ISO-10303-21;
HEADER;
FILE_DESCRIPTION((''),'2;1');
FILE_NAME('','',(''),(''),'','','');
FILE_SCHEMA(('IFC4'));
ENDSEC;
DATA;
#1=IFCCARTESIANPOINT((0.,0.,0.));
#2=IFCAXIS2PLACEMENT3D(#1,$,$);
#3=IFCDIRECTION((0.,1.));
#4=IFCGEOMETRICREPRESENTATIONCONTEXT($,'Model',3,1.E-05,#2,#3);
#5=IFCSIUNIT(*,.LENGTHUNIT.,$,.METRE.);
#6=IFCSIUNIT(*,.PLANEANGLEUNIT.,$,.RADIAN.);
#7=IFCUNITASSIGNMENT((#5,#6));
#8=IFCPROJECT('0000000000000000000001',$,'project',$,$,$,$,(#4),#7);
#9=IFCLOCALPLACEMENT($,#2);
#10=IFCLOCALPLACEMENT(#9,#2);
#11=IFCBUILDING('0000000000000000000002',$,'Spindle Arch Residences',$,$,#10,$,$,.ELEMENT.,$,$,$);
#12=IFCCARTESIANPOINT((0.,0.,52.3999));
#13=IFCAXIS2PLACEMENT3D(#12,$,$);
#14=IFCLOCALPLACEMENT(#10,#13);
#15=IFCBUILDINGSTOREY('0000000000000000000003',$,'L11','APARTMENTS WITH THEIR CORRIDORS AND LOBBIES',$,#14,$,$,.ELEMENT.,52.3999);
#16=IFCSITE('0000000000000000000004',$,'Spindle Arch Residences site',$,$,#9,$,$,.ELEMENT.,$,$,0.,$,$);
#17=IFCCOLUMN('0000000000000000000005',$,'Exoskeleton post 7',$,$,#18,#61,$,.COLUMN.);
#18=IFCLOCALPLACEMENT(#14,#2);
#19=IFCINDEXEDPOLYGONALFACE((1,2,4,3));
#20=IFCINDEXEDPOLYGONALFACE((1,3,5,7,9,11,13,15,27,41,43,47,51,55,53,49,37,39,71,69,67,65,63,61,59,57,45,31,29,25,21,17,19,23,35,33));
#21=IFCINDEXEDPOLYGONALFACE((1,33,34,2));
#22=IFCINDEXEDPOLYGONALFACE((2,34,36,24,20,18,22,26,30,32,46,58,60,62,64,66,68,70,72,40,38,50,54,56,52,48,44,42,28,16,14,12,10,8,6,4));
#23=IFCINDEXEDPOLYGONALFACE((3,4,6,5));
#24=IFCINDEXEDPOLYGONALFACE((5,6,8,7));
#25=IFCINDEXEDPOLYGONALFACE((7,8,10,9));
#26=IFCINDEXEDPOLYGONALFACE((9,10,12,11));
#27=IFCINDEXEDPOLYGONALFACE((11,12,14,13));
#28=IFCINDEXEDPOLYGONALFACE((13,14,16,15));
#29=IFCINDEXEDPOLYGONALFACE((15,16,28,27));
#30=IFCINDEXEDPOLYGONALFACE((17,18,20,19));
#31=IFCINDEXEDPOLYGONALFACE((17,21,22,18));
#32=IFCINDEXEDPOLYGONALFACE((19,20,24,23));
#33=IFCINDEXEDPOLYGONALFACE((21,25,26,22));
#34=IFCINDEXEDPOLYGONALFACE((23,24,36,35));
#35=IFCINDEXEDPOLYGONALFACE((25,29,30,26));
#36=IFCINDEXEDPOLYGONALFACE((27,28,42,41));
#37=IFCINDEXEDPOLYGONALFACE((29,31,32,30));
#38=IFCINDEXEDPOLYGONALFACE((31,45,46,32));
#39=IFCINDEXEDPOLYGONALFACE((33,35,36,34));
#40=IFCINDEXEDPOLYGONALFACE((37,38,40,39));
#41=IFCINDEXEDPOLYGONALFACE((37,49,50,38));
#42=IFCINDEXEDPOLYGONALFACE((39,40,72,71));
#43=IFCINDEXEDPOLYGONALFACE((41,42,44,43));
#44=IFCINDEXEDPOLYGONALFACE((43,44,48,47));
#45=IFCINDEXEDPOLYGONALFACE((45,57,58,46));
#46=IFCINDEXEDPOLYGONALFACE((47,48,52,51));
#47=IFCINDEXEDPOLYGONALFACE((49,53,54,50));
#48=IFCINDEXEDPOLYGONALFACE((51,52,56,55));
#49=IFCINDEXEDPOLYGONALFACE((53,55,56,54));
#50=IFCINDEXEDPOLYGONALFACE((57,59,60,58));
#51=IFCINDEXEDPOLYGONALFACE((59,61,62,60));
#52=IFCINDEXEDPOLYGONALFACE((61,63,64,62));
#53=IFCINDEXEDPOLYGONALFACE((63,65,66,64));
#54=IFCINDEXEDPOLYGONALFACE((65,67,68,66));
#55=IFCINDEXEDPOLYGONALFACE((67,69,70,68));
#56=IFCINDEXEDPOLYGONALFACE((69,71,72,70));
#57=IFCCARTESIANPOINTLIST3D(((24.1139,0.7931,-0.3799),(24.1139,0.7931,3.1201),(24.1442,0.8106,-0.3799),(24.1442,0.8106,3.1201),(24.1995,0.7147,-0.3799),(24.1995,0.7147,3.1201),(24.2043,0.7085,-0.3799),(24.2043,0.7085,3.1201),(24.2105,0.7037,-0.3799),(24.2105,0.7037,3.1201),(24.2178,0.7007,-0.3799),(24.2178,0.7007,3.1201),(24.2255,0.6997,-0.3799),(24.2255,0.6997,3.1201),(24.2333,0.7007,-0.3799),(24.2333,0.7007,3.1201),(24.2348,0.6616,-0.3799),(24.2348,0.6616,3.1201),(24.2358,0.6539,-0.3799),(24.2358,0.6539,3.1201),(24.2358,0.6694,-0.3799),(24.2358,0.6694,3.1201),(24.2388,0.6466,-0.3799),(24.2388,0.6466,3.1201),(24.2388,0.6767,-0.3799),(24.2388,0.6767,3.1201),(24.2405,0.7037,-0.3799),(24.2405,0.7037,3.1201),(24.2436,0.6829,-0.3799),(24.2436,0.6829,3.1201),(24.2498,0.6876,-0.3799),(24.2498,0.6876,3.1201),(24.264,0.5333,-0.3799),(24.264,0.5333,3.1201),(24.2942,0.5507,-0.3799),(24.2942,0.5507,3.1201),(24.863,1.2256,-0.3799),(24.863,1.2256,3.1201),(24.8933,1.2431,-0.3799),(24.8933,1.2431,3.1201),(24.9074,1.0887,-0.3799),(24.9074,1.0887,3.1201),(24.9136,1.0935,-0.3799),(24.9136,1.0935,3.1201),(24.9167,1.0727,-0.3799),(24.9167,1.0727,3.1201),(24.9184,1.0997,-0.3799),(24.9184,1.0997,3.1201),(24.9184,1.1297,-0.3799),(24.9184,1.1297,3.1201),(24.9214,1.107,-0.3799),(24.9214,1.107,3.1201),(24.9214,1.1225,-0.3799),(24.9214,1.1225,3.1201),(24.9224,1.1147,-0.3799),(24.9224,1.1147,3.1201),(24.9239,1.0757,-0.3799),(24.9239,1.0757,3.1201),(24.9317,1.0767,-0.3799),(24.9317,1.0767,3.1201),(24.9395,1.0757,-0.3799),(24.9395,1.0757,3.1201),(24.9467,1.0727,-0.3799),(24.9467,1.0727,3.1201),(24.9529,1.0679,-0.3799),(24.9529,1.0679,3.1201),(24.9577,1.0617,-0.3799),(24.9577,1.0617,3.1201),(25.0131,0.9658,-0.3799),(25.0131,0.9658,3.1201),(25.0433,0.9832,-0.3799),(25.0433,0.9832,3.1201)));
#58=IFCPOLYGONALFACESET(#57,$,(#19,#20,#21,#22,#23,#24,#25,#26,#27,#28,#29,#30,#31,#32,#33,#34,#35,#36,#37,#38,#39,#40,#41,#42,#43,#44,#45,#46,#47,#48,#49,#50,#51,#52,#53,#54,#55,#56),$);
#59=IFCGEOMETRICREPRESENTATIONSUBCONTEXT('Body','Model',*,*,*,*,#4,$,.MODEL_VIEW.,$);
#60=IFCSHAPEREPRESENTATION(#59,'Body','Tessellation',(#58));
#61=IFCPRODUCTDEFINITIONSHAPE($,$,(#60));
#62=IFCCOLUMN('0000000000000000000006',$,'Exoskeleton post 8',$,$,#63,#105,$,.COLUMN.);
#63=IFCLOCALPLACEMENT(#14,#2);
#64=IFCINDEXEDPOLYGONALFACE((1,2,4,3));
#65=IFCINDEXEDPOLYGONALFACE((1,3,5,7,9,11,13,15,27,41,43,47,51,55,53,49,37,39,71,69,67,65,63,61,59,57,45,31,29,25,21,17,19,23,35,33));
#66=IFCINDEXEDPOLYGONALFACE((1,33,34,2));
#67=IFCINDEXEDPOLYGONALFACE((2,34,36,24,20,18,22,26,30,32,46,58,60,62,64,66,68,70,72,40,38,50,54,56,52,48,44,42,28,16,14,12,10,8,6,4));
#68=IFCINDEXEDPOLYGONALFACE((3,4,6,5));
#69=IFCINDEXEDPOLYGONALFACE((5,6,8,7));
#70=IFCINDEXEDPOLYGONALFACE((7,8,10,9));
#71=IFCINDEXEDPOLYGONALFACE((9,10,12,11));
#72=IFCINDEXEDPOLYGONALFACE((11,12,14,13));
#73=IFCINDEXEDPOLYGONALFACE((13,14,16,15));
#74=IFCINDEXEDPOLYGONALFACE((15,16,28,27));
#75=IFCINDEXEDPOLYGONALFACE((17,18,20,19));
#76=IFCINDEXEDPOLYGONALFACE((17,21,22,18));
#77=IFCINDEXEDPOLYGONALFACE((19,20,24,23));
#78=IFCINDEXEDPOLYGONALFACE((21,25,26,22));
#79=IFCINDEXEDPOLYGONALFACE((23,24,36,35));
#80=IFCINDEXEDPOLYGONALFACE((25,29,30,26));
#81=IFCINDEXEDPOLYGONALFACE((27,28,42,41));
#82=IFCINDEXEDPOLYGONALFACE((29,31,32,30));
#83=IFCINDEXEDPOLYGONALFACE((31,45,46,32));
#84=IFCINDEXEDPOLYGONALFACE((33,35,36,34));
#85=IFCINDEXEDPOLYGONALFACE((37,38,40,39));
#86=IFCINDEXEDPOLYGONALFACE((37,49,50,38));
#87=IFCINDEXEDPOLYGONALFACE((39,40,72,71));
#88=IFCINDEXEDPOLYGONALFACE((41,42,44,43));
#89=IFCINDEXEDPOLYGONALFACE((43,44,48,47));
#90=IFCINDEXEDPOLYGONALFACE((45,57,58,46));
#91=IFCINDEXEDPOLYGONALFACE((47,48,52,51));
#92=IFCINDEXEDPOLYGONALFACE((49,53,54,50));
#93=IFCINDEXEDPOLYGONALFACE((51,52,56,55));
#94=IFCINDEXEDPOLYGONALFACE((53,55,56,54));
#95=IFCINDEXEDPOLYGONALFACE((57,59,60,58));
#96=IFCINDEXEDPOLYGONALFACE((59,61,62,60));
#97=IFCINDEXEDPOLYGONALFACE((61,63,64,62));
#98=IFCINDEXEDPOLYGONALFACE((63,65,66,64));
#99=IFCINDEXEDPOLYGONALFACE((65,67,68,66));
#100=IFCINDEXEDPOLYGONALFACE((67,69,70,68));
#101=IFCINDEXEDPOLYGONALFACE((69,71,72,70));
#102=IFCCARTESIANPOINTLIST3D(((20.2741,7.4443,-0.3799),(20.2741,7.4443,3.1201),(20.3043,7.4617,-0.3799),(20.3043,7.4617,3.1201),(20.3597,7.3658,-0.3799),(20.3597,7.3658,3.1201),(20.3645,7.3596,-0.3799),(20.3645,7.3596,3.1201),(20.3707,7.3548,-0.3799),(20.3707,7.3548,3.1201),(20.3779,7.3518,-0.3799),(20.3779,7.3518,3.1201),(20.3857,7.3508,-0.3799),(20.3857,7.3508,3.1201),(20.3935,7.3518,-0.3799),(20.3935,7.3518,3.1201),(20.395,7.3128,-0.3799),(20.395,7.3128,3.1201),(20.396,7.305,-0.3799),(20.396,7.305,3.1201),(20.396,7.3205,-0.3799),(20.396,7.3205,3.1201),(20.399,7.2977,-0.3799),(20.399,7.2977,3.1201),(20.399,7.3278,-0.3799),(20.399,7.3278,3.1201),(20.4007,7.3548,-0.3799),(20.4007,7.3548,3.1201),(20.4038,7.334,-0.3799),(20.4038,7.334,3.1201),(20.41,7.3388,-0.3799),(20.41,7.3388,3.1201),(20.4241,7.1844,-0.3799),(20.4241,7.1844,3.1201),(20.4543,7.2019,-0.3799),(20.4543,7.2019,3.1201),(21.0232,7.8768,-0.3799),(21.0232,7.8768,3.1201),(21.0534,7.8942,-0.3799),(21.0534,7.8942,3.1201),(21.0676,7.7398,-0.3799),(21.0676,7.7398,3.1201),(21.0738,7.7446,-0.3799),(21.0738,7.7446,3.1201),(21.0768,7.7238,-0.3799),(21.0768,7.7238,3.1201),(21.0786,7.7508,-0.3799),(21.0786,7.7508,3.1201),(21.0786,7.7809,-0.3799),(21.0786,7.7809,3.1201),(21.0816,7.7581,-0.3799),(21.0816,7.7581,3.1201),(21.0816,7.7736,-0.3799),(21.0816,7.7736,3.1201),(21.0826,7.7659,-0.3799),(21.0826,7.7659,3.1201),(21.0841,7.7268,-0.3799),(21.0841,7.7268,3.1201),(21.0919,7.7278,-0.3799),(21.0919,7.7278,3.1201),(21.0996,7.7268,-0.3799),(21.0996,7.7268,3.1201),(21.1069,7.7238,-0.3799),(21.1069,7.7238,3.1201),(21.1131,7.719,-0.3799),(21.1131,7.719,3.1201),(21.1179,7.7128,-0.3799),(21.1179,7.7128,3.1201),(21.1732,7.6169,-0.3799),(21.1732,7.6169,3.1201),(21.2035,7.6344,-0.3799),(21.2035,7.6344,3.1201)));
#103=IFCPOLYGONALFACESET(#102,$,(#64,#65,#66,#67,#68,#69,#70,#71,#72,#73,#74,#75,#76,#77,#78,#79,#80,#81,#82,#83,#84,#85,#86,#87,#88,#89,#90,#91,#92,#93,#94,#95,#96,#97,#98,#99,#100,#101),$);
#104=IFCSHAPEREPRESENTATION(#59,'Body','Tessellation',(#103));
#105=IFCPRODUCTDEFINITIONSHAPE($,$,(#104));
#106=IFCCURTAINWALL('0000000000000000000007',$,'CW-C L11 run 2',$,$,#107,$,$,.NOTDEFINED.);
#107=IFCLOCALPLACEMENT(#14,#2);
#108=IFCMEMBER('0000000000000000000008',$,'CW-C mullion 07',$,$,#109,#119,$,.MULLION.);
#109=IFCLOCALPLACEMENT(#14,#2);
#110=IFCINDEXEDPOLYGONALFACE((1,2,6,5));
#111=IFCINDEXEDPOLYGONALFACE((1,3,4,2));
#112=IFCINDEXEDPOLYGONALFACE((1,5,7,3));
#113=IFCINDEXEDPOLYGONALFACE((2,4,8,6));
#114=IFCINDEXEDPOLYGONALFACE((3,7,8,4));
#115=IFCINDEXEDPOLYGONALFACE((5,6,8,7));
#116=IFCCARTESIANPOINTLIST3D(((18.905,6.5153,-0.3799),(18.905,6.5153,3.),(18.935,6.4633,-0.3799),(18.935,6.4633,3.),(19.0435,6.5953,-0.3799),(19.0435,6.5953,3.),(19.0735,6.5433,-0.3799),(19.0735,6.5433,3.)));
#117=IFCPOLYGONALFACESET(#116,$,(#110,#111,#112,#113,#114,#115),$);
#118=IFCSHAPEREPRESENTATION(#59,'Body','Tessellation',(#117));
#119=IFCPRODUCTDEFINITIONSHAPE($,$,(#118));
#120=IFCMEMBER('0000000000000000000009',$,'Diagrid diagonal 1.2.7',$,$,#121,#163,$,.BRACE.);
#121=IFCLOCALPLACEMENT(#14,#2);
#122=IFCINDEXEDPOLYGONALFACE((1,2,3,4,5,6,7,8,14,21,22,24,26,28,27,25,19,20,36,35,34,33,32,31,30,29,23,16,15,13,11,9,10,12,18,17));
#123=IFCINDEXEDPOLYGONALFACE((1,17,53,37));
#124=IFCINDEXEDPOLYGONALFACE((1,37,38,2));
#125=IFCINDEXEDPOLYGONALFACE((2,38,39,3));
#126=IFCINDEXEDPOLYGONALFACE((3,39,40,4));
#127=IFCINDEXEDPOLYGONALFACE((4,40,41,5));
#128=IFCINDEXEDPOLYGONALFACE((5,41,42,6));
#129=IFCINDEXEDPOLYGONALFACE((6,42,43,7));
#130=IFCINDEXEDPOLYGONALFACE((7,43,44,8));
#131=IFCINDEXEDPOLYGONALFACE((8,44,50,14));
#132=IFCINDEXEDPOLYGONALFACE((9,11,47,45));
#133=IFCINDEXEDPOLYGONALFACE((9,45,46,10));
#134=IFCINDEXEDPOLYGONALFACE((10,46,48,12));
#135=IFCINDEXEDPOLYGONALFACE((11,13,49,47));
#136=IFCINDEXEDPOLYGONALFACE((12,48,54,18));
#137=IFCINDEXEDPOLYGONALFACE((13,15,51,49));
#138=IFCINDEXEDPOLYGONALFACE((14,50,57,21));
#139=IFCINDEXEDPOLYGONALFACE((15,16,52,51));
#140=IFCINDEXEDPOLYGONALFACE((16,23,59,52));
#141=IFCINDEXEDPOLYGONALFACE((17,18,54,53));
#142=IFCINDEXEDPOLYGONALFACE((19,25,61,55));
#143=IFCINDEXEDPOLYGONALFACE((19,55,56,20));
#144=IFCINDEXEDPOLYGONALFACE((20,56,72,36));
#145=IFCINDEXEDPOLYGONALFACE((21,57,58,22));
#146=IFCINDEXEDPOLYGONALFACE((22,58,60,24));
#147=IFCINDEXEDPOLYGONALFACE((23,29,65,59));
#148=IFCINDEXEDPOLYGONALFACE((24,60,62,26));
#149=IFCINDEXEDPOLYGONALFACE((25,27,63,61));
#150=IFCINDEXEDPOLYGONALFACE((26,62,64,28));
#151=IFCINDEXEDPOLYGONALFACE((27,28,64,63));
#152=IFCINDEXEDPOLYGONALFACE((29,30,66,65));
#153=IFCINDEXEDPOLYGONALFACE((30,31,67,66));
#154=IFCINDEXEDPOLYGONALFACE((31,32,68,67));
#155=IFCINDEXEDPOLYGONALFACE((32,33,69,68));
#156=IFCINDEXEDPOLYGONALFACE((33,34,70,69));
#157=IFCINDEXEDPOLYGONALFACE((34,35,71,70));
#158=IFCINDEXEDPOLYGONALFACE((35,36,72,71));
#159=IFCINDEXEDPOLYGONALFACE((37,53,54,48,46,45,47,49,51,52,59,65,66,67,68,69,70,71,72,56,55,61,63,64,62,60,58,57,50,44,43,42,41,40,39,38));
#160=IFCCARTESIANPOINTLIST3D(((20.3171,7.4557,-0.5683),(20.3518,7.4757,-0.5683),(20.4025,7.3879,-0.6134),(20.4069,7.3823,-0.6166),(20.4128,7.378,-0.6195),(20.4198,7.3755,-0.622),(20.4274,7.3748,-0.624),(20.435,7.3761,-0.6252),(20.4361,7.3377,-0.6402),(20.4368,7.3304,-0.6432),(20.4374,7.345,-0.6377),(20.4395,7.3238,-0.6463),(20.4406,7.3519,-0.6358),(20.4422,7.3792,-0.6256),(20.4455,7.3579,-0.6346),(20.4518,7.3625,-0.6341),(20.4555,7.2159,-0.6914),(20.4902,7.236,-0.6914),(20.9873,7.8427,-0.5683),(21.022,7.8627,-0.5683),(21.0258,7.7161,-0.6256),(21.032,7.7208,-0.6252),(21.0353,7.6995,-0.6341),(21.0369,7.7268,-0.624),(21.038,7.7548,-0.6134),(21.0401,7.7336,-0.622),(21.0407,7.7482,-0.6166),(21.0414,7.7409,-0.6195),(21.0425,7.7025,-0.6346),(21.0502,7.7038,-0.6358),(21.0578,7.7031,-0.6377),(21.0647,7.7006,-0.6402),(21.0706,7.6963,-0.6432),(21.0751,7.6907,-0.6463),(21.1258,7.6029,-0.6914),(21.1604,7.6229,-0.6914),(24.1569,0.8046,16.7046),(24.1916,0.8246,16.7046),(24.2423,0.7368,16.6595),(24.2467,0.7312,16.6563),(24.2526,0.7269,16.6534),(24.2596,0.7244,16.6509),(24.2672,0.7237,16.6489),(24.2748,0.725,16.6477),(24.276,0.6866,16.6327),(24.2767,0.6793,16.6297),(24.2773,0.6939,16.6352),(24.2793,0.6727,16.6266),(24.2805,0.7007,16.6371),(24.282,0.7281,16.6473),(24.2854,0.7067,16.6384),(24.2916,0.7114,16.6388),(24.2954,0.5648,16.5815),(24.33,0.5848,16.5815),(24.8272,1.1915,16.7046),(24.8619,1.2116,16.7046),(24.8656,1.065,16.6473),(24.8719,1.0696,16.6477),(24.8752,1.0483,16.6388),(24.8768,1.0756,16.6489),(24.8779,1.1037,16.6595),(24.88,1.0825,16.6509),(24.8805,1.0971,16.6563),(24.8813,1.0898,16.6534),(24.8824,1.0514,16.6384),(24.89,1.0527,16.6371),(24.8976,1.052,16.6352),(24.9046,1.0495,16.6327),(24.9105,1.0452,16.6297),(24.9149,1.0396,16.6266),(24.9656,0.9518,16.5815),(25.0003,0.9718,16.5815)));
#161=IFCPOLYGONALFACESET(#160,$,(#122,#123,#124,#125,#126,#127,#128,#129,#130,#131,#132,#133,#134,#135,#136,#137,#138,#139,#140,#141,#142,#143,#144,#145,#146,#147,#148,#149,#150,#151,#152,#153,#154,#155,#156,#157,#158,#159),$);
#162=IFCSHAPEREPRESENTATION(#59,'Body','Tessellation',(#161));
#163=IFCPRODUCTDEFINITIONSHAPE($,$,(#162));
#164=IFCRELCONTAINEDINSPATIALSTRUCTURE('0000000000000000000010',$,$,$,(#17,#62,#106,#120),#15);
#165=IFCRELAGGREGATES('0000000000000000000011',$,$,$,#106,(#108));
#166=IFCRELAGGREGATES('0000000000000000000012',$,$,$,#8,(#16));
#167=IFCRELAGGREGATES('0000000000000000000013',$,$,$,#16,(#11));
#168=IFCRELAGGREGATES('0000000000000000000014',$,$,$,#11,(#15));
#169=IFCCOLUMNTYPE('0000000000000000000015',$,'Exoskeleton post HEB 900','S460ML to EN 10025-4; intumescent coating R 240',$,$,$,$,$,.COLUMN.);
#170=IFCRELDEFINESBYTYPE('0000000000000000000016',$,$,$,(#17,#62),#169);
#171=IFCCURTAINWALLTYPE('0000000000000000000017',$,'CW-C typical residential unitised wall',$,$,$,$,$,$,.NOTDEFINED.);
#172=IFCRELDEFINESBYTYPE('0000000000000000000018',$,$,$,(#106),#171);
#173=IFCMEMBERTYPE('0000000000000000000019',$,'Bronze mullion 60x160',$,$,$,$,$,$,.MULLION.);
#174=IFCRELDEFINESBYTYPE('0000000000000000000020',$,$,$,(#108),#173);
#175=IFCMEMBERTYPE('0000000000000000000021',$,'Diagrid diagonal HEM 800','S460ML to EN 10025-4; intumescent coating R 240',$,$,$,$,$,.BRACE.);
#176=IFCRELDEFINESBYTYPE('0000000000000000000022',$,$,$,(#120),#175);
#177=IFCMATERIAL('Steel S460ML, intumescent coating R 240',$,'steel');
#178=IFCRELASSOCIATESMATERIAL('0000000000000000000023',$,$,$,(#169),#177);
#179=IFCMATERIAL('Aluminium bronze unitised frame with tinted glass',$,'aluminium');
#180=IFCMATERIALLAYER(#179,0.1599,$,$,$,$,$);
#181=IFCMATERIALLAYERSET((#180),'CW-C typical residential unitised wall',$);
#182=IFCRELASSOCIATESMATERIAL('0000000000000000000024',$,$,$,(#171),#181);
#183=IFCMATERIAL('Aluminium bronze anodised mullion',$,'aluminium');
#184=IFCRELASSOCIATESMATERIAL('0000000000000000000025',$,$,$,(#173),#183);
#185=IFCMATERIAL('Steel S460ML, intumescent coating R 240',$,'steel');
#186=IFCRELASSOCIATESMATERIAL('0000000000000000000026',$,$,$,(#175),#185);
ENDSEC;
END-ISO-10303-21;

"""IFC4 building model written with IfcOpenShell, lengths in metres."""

from ifc_helpers import new_model, si_unit, direction, frame, origin, origin_2d, place, context, subcontext, project, spatial, rectangle, i_section, extrude, material, layer, layer_set, material_profile, profile_set, type_object, element, aggregate, save


model = new_model("IFC4")

# Units and contexts
model_context = context("Model", 3, precision=1e-05, world=origin(), true_north=direction((0.0, 1.0)))
body_context = subcontext(model_context, "Body", "Model", "MODEL_VIEW")
ifc_project = project(units=[si_unit("LENGTHUNIT", "METRE"), si_unit("PLANEANGLEUNIT", "RADIAN")], contexts=[model_context])

# Site, building, storey
site_placement = place(None, origin())
site = spatial("IfcSite", under=ifc_project, at=site_placement, Name="Spindle Arch Residences site", CompositionType="ELEMENT", RefElevation=0.0)
building_placement = place(site_placement, origin())
building = spatial("IfcBuilding", under=site, at=building_placement, Name="Spindle Arch Residences", CompositionType="ELEMENT")
storey_placement = place(building_placement, frame((0.0, 0.0, 52.3999)))
storey = spatial("IfcBuildingStorey", under=building, at=storey_placement, Name="L11", Description="APARTMENTS WITH THEIR CORRIDORS AND LOBBIES", CompositionType="ELEMENT", Elevation=52.3999)

# Columns
ifc_material_1 = material(Name="Steel S460ML, intumescent coating R 240", Category="steel")
ifc_material_profile_1 = material_profile(ifc_material_1, i_section(OverallWidth=0.3, OverallDepth=0.8999, WebThickness=0.0186, FlangeThickness=0.0349, FilletRadius=0.03, at=origin_2d()), Name="HEB 900")
ifc_profile_set_1 = profile_set([ifc_material_profile_1], Name="Steel S460ML, intumescent coating R 240")
column_type = type_object("IfcColumnType", Name="Exoskeleton post HEB 900", Description="S460ML to EN 10025-4; intumescent coating R 240", PredefinedType="COLUMN", material=ifc_profile_set_1)
for number, where, z_axis, x_axis, name in (
    (1, (24.5786, 0.8882, -0.3799), (0.0, 0.0, 1.0), (0.5, -0.866025, 0.0), "Exoskeleton post 7"),
    (2, (20.7388, 7.5393, -0.3799), (0.0, 0.0, 1.0), (0.5, -0.866025, 0.0), "Exoskeleton post 8"),
):
    element("IfcColumn", number, at=place(storey_placement, frame(where, z_axis=z_axis, x_axis=x_axis)), inside=storey, type_object=column_type, Name=name, PredefinedType="COLUMN", context=body_context, shape_type="SweptSolid", body=[
        extrude(i_section(OverallWidth=0.3, OverallDepth=0.8999, WebThickness=0.0186, FlangeThickness=0.0349, FilletRadius=0.03, at=origin_2d()), origin(), (0.0, 0.0, 1.0), 3.5),
    ])

# Curtain wall, member
ifc_material_2 = material(Name="Aluminium bronze unitised frame with tinted glass", Category="aluminium")
ifc_layer_1 = layer(ifc_material_2, 0.1599)
ifc_layer_set_1 = layer_set([ifc_layer_1], Name="CW-C typical residential unitised wall")
curtain_wall_type = type_object("IfcCurtainWallType", Name="CW-C typical residential unitised wall", PredefinedType="NOTDEFINED", material=ifc_layer_set_1)
curtain_wall_placement = place(storey_placement, origin())
curtain_wall = element("IfcCurtainWall", 3, at=curtain_wall_placement, inside=storey, type_object=curtain_wall_type, Name="CW-C L11 run 2", PredefinedType="NOTDEFINED")
ifc_material_3 = material(Name="Aluminium bronze anodised mullion", Category="aluminium")
ifc_material_profile_2 = material_profile(ifc_material_3, rectangle(XDim=0.1599, YDim=0.0601, at=origin_2d()), Name="MU 60x160")
ifc_profile_set_2 = profile_set([ifc_material_profile_2], Name="Aluminium bronze anodised mullion")
member_type_1 = type_object("IfcMemberType", Name="Bronze mullion 60x160", PredefinedType="MULLION", material=ifc_profile_set_2)
member_placement = place(storey_placement, frame((18.9893, 6.5293, -0.3799), z_axis=(0.0, 0.0, 1.0), x_axis=(-0.866025, -0.5, 0.0)))
member = element("IfcMember", 4, at=member_placement, type_object=member_type_1, Name="CW-C mullion 07", PredefinedType="MULLION", context=body_context, shape_type="SweptSolid", body=[
    extrude(rectangle(XDim=0.1599, YDim=0.0601, at=origin_2d()), origin(), (0.0, 0.0, 1.0), 3.3799),
])

# Member
ifc_material_4 = material(Name="Steel S460ML, intumescent coating R 240", Category="steel")
ifc_material_profile_3 = material_profile(ifc_material_4, i_section(OverallWidth=0.303, OverallDepth=0.814, WebThickness=0.021, FlangeThickness=0.04, FilletRadius=0.03, at=origin_2d()), Name="HEM 800")
ifc_profile_set_3 = profile_set([ifc_material_profile_3], Name="Steel S460ML, intumescent coating R 240")
member_type_2 = type_object("IfcMemberType", Name="Diagrid diagonal HEM 800", Description="S460ML to EN 10025-4; intumescent coating R 240", PredefinedType="BRACE", material=ifc_profile_set_3)
for number, where, z_axis, x_axis, name in (
    (5, (20.7388, 7.5393, -0.6299), (0.20313, -0.351849, 0.913751), (-0.456859, 0.791341, 0.406275), "Diagrid diagonal 1.2.7"),
):
    element("IfcMember", number, at=place(storey_placement, frame(where, z_axis=z_axis, x_axis=x_axis)), inside=storey, type_object=member_type_2, Name=name, PredefinedType="BRACE", context=body_context, shape_type="SweptSolid", body=[
        extrude(i_section(OverallWidth=0.303, OverallDepth=0.814, WebThickness=0.021, FlangeThickness=0.04, FilletRadius=0.03, at=origin_2d()), origin(), (0.0, 0.0, 1.0), 18.9033),
    ])

aggregate(curtain_wall, [member])

save(model, "model.ifc")
